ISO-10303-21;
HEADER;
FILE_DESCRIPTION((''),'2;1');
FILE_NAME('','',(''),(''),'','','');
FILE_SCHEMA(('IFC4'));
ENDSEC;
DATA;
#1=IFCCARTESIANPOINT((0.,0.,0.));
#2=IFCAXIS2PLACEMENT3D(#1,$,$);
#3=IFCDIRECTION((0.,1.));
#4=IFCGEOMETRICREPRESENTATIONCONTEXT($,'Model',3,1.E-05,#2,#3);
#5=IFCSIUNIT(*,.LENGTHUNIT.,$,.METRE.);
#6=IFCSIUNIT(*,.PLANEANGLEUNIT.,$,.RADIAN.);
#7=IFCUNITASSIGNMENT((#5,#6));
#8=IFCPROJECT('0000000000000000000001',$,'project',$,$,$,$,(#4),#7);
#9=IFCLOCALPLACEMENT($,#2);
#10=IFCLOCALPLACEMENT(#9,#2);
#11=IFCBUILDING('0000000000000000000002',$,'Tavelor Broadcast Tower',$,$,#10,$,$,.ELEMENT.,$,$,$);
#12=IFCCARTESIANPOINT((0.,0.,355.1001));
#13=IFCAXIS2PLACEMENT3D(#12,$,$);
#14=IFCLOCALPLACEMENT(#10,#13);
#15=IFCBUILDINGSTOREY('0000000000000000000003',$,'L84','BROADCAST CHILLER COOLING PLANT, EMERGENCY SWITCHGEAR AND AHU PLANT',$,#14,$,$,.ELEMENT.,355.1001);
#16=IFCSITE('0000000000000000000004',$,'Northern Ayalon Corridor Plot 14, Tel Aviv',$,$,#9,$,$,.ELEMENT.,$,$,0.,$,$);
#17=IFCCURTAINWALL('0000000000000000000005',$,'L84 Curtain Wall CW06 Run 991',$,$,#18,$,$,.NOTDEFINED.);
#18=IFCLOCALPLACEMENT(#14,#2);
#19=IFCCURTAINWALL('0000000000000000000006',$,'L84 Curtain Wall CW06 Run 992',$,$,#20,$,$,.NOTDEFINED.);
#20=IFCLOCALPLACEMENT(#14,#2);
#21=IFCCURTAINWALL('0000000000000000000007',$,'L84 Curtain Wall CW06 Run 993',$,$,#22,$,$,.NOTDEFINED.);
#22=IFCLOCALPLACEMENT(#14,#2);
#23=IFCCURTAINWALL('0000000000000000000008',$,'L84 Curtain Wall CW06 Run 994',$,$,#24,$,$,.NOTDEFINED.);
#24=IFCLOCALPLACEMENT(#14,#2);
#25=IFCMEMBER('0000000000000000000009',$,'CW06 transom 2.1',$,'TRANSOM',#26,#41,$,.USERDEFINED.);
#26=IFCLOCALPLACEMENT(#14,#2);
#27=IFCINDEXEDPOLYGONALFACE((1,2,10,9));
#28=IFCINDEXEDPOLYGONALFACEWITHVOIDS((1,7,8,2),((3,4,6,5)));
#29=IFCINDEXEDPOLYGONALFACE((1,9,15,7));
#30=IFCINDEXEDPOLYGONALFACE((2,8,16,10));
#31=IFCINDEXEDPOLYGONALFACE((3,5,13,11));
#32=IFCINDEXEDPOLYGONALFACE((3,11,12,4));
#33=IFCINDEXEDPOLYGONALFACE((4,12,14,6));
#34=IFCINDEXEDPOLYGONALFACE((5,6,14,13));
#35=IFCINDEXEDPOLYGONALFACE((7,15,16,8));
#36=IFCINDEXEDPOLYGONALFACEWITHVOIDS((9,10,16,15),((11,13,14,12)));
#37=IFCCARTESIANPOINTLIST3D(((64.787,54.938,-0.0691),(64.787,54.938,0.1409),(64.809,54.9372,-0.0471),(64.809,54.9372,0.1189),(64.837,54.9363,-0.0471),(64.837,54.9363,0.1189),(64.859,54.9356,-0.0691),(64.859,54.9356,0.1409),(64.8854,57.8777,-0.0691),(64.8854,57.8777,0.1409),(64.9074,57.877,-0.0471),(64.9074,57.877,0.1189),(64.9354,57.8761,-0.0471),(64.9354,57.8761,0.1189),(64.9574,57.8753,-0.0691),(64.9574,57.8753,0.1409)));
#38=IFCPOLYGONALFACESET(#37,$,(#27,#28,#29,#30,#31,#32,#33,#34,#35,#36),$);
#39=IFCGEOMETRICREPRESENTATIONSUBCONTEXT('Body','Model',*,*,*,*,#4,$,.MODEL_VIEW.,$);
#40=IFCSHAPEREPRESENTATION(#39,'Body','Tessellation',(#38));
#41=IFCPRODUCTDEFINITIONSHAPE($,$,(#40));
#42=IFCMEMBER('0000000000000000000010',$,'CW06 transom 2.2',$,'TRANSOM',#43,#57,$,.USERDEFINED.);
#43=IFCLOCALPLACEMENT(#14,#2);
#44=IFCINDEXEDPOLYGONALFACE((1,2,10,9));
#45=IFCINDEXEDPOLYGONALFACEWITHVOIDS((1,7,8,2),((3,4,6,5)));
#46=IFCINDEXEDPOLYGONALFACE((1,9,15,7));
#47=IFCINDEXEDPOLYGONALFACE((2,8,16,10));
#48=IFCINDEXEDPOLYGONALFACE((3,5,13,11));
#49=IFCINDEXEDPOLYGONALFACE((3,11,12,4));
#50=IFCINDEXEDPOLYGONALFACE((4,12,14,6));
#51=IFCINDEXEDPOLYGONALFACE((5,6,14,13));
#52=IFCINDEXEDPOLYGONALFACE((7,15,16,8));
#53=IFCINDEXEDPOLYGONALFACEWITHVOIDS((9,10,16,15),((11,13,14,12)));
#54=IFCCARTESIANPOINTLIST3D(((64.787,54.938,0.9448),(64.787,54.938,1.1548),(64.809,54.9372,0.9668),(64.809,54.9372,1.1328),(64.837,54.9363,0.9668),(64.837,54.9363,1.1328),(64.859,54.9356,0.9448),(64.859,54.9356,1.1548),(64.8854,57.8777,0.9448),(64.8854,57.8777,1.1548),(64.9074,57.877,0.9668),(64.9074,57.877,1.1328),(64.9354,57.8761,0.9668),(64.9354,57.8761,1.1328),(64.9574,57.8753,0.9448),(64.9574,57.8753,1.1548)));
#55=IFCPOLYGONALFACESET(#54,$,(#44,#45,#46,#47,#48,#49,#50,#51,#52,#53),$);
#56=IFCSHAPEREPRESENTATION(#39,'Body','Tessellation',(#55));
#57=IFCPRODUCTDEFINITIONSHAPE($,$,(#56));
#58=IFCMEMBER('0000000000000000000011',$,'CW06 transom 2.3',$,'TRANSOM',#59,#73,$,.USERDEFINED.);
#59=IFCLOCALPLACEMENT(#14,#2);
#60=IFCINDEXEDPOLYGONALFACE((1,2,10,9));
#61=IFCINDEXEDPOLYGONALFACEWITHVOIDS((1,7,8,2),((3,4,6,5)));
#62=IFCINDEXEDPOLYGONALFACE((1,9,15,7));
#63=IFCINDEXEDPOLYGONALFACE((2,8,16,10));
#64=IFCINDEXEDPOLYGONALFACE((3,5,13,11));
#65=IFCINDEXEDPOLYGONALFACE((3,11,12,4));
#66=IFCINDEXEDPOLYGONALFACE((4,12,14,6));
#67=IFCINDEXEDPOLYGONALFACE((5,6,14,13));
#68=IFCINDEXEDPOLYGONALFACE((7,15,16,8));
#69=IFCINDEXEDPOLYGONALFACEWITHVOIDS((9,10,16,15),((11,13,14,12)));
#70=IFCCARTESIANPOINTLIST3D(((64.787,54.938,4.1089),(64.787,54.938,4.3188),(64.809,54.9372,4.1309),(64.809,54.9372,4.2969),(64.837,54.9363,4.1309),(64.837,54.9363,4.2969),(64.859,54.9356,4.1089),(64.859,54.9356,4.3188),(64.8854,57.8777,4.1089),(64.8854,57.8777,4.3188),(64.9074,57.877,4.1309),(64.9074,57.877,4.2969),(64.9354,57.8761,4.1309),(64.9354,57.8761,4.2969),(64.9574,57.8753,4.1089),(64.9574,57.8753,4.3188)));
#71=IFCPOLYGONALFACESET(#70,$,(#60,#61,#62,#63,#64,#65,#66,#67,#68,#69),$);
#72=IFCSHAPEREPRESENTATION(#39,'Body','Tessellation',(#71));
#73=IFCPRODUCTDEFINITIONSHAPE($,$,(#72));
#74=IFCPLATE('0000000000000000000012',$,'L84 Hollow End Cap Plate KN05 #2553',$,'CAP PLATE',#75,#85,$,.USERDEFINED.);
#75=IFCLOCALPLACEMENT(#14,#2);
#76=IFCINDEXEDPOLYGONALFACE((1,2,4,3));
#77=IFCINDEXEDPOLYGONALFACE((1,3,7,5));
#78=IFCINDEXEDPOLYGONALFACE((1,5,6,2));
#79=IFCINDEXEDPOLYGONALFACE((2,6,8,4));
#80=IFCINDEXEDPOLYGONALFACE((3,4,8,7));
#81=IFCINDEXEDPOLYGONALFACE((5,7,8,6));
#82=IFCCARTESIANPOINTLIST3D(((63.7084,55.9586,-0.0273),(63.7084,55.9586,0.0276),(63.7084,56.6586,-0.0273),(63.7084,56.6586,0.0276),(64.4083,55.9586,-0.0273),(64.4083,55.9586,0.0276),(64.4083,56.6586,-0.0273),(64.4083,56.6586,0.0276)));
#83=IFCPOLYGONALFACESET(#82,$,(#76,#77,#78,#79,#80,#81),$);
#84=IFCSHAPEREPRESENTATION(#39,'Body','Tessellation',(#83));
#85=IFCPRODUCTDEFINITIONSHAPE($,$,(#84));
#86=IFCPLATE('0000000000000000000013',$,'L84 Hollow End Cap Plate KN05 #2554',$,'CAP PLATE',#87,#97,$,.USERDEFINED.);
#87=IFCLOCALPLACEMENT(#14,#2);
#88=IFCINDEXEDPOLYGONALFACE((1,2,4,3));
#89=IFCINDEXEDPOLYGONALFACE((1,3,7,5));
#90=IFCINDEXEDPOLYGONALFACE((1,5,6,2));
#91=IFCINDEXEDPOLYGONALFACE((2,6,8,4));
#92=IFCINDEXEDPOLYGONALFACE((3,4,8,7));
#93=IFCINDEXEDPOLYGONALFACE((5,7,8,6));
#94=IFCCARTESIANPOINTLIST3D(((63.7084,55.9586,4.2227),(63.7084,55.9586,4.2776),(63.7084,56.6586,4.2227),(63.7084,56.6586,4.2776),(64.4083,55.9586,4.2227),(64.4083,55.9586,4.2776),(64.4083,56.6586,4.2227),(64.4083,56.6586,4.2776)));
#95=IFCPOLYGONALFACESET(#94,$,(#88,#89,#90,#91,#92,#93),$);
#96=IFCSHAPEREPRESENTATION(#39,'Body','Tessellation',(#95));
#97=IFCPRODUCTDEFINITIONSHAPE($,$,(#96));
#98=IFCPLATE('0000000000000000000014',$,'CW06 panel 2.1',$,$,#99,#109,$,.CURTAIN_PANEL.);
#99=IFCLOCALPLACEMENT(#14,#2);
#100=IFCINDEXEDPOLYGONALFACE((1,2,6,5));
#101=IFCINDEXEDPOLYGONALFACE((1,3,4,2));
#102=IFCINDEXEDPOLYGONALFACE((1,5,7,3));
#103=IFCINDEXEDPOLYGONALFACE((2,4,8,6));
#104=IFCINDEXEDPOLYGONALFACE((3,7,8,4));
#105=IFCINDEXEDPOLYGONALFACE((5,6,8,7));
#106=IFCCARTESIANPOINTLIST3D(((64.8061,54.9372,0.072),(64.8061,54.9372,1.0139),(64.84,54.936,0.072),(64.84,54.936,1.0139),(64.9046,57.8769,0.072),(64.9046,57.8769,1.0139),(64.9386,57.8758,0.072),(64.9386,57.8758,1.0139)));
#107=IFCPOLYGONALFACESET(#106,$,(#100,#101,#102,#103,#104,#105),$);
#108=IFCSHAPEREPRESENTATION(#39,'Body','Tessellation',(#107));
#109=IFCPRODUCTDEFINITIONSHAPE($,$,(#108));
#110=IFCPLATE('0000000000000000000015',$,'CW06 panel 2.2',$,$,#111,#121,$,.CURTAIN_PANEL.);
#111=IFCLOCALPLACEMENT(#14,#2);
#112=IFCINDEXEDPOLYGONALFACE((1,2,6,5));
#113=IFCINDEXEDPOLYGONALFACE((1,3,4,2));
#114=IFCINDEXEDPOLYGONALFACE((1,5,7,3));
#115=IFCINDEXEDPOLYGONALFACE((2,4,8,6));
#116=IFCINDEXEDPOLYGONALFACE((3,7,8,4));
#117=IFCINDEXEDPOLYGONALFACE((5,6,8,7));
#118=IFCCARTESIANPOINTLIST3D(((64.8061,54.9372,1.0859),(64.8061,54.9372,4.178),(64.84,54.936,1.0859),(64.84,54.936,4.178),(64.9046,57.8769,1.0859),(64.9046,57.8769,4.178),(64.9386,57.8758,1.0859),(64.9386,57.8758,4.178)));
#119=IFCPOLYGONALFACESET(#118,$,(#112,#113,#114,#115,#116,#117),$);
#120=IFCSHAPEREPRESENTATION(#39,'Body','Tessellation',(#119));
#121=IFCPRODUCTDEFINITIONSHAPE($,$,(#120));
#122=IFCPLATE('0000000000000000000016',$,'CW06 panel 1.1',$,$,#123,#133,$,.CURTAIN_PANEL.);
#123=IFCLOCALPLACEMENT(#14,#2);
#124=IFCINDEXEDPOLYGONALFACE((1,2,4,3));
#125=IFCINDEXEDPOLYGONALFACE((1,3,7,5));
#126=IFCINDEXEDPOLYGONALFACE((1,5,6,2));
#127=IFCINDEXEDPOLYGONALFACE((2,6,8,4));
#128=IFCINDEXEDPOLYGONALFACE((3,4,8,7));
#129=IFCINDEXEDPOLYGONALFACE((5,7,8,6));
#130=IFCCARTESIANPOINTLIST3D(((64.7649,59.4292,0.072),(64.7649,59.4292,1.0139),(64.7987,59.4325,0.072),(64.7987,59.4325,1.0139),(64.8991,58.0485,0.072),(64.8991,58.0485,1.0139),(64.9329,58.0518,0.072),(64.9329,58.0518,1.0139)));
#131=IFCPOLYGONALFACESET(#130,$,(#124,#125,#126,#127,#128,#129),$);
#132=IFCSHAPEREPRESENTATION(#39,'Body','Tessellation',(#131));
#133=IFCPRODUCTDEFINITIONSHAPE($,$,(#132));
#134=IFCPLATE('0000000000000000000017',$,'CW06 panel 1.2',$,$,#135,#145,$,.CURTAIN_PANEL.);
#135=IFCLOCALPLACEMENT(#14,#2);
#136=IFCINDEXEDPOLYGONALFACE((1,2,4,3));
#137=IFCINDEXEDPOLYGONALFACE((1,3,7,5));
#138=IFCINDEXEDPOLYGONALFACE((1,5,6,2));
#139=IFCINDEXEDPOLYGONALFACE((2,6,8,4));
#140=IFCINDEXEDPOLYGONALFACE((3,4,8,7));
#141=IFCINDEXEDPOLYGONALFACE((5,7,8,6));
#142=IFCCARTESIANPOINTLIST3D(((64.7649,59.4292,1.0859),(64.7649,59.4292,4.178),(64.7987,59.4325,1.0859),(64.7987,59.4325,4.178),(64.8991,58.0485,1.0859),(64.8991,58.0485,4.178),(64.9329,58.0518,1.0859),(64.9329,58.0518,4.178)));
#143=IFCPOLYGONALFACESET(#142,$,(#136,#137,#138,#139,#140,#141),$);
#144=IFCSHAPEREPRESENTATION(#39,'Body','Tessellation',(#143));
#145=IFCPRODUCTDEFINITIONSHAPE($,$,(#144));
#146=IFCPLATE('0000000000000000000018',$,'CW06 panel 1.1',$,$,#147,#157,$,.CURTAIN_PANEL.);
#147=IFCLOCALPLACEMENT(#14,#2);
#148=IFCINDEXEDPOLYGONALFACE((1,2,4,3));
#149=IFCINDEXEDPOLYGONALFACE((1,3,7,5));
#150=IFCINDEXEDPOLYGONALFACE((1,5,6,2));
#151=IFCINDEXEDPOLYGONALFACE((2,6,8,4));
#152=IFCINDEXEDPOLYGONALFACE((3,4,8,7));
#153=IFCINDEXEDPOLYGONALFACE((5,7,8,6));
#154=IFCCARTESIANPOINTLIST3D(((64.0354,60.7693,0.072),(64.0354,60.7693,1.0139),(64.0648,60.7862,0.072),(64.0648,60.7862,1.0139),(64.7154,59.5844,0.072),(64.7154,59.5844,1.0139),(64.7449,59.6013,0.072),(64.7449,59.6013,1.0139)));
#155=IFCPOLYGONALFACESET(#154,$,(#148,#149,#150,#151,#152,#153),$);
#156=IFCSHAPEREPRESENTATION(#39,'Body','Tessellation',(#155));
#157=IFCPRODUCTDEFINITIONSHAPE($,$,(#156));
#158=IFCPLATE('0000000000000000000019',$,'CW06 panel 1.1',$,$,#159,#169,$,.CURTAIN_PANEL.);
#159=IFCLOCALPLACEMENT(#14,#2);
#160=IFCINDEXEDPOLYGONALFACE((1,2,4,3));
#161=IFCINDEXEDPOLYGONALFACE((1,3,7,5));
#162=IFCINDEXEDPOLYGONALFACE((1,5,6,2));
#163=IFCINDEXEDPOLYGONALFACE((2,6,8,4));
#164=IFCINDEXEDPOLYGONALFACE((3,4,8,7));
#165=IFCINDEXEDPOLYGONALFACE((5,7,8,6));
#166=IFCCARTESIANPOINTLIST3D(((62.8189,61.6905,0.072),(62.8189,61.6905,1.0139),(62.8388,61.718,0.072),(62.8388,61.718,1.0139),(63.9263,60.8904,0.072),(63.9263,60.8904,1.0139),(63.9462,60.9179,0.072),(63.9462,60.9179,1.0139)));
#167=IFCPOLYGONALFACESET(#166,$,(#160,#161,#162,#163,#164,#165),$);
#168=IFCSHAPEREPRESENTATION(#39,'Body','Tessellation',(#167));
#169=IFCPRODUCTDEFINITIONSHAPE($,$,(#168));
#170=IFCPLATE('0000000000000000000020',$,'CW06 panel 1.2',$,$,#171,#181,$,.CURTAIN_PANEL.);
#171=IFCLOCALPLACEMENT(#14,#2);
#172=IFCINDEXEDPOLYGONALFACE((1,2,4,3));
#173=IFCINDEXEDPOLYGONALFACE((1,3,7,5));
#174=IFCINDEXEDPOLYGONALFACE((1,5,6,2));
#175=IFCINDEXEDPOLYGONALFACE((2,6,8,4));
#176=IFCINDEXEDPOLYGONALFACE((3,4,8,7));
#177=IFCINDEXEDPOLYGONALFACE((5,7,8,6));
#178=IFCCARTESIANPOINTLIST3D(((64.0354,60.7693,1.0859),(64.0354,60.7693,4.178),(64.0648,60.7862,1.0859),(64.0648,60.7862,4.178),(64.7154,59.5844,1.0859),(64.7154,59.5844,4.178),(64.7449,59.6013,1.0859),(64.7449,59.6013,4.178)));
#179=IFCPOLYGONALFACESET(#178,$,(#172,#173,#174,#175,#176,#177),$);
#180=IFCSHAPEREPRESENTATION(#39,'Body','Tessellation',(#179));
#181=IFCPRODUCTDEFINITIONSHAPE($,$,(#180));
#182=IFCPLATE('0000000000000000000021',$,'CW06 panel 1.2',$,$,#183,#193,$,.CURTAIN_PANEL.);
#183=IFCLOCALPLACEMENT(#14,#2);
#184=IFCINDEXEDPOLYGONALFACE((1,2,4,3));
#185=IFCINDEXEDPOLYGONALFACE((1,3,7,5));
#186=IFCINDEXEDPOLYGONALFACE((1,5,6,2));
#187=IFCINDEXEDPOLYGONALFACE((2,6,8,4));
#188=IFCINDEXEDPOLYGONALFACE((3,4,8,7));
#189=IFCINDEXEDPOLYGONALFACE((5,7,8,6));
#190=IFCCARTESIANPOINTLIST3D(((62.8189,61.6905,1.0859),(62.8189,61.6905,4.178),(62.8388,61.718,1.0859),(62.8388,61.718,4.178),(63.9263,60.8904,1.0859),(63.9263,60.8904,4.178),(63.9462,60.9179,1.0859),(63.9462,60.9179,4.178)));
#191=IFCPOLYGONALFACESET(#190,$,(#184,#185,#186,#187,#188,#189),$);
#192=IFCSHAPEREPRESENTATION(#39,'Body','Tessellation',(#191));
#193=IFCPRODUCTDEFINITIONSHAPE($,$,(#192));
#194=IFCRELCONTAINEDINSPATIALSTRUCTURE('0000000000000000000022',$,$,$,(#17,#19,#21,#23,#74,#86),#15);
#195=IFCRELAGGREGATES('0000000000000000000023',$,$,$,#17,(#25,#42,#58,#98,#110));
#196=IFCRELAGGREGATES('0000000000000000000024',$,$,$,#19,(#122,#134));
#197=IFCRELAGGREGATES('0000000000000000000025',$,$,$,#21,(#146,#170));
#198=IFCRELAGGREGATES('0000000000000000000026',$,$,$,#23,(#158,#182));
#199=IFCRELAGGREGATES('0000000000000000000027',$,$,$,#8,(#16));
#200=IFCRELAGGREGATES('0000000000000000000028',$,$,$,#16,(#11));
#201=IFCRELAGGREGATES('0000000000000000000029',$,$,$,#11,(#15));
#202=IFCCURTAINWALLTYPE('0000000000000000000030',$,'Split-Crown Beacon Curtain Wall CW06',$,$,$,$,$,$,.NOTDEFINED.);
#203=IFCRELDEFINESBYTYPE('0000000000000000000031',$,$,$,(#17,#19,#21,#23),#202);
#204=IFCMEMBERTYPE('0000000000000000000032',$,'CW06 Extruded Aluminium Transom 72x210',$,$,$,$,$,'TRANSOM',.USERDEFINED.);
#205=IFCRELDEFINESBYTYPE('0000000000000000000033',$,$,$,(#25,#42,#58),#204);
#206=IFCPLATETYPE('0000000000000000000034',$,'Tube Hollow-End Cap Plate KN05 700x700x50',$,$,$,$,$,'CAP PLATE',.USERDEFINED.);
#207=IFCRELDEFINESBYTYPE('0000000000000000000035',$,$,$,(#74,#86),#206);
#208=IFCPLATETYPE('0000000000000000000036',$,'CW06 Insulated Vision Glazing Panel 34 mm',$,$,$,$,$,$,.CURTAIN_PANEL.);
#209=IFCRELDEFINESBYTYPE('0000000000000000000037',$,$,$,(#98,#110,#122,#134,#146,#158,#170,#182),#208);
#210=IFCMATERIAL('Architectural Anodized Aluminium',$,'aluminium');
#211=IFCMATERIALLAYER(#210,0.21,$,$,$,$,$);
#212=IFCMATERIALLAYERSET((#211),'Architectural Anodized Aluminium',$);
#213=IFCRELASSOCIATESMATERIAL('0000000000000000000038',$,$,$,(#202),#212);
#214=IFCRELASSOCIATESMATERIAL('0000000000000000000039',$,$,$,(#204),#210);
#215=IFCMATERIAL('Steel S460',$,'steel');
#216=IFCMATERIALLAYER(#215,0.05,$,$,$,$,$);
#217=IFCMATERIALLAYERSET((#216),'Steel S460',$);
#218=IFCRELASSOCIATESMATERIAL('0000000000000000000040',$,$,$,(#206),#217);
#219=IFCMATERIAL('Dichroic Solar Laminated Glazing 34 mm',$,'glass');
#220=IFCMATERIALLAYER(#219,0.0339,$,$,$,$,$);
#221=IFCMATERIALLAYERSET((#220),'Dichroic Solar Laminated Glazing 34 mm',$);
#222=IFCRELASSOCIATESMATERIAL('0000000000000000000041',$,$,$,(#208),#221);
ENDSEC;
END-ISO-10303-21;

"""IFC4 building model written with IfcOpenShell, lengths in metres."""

from ifc_helpers import new_model, si_unit, direction, frame, origin, origin_2d, place, context, subcontext, project, spatial, rectangle, hollow_rectangle, extrude, source, transform, mapped, material, layer, layer_set, material_profile, profile_set, type_object, type_shapes, element, aggregate, save


model = new_model("IFC4")

# Units and contexts
model_context = context("Model", 3, precision=1e-05, world=origin(), true_north=direction((0.0, 1.0)))
body_context = subcontext(model_context, "Body", "Model", "MODEL_VIEW")
ifc_project = project(units=[si_unit("LENGTHUNIT", "METRE"), si_unit("PLANEANGLEUNIT", "RADIAN")], contexts=[model_context])

# Site, building, storey
site_placement = place(None, origin())
site = spatial("IfcSite", under=ifc_project, at=site_placement, Name="Northern Ayalon Corridor Plot 14, Tel Aviv", CompositionType="ELEMENT", RefElevation=0.0)
building_placement = place(site_placement, origin())
building = spatial("IfcBuilding", under=site, at=building_placement, Name="Tavelor Broadcast Tower", CompositionType="ELEMENT")
storey_placement = place(building_placement, frame((0.0, 0.0, 355.1001)))
storey = spatial("IfcBuildingStorey", under=building, at=storey_placement, Name="L84", Description="BROADCAST CHILLER COOLING PLANT, EMERGENCY SWITCHGEAR AND AHU PLANT", CompositionType="ELEMENT", Elevation=355.1001)

# Curtain walls
ifc_material_1 = material(Name="Architectural Anodized Aluminium", Category="aluminium")
ifc_layer_1 = layer(ifc_material_1, 0.21)
ifc_layer_set_1 = layer_set([ifc_layer_1], Name="Architectural Anodized Aluminium")
curtain_wall_type = type_object("IfcCurtainWallType", Name="Split-Crown Beacon Curtain Wall CW06", PredefinedType="NOTDEFINED", material=ifc_layer_set_1)
curtain_wall_1_placement = place(storey_placement, origin())
curtain_wall_1 = element("IfcCurtainWall", 1, at=curtain_wall_1_placement, inside=storey, type_object=curtain_wall_type, Name="L84 Curtain Wall CW06 Run 991", PredefinedType="NOTDEFINED")
curtain_wall_2_placement = place(storey_placement, origin())
curtain_wall_2 = element("IfcCurtainWall", 2, at=curtain_wall_2_placement, inside=storey, type_object=curtain_wall_type, Name="L84 Curtain Wall CW06 Run 992", PredefinedType="NOTDEFINED")
curtain_wall_3_placement = place(storey_placement, origin())
curtain_wall_3 = element("IfcCurtainWall", 3, at=curtain_wall_3_placement, inside=storey, type_object=curtain_wall_type, Name="L84 Curtain Wall CW06 Run 993", PredefinedType="NOTDEFINED")
curtain_wall_4_placement = place(storey_placement, origin())
curtain_wall_4 = element("IfcCurtainWall", 4, at=curtain_wall_4_placement, inside=storey, type_object=curtain_wall_type, Name="L84 Curtain Wall CW06 Run 994", PredefinedType="NOTDEFINED")

# Members
ifc_material_profile_1 = material_profile(ifc_material_1, hollow_rectangle(XDim=0.072, YDim=0.21, WallThickness=0.022, at=origin_2d()), Name="RHS 72x210x22")
ifc_profile_set_1 = profile_set([ifc_material_profile_1], Name="Architectural Anodized Aluminium")
member_type_1 = type_object("IfcMemberType", Name="CW06 Extruded Aluminium Transom 72x210", ElementType="TRANSOM", PredefinedType="USERDEFINED", material=ifc_profile_set_1)
shared_shape_1 = source(origin(), body_context, "Body", "SweptSolid", [
    extrude(hollow_rectangle(XDim=0.072, YDim=0.21, WallThickness=0.022, at=origin_2d()), origin(), (0.0, 0.0, 1.0), 2.9414),
])
member_1_placement = place(storey_placement, frame((64.823, 54.9368, 0.0359), z_axis=(0.03345, 0.99944, 0.0), x_axis=(-0.99944, 0.03345, 0.0)))
member_1 = element("IfcMember", 5, at=member_1_placement, type_object=member_type_1, Name="CW06 transom 2.1", ObjectType="TRANSOM", PredefinedType="USERDEFINED", context=body_context, shape_type="MappedRepresentation", body=[
    mapped(shared_shape_1, transform((0.0, 0.0, 0.0), scale=1.0)),
])
member_2_placement = place(storey_placement, frame((64.823, 54.9368, 1.0498), z_axis=(0.03345, 0.99944, 0.0), x_axis=(-0.99944, 0.03345, 0.0)))
member_2 = element("IfcMember", 6, at=member_2_placement, type_object=member_type_1, Name="CW06 transom 2.2", ObjectType="TRANSOM", PredefinedType="USERDEFINED", context=body_context, shape_type="MappedRepresentation", body=[
    mapped(shared_shape_1, transform((0.0, 0.0, 0.0), scale=1.0)),
])
member_3_placement = place(storey_placement, frame((64.823, 54.9368, 4.2139), z_axis=(0.03345, 0.99944, 0.0), x_axis=(-0.99944, 0.03345, 0.0)))
member_3 = element("IfcMember", 7, at=member_3_placement, type_object=member_type_1, Name="CW06 transom 2.3", ObjectType="TRANSOM", PredefinedType="USERDEFINED", context=body_context, shape_type="MappedRepresentation", body=[
    mapped(shared_shape_1, transform((0.0, 0.0, 0.0), scale=1.0)),
])

# Plates
ifc_material_2 = material(Name="Steel S460", Category="steel")
ifc_layer_2 = layer(ifc_material_2, 0.05)
ifc_layer_set_2 = layer_set([ifc_layer_2], Name="Steel S460")
plate_type_1 = type_object("IfcPlateType", Name="Tube Hollow-End Cap Plate KN05 700x700x50", ElementType="CAP PLATE", PredefinedType="USERDEFINED", material=ifc_layer_set_2)
shared_shape_2 = source(origin(), body_context, "Body", "SweptSolid", [
    extrude(rectangle(XDim=0.7, YDim=0.7, at=origin_2d()), origin(), (0.0, 0.0, 1.0), 0.0549),
])
type_shapes(plate_type_1, [shared_shape_2])
for number, where, z_axis, x_axis, name in (
    (8, (64.0583, 56.3086, -0.0273), (0.0, 0.0, 1.0), (1.0, 0.0, 0.0), "L84 Hollow End Cap Plate KN05 #2553"),
    (9, (64.0583, 56.3086, 4.2227), (0.0, 0.0, 1.0), (1.0, 0.0, 0.0), "L84 Hollow End Cap Plate KN05 #2554"),
):
    element("IfcPlate", number, at=place(storey_placement, frame(where, z_axis=z_axis, x_axis=x_axis)), inside=storey, type_object=plate_type_1, Name=name, ObjectType="CAP PLATE", PredefinedType="USERDEFINED", context=body_context, shape_type="MappedRepresentation", body=[
        mapped(shared_shape_2, transform((0.0, 0.0, 0.0), scale=1.0)),
    ])

# Plates
ifc_material_3 = material(Name="Dichroic Solar Laminated Glazing 34 mm", Category="glass")
ifc_layer_3 = layer(ifc_material_3, 0.0339)
ifc_layer_set_3 = layer_set([ifc_layer_3], Name="Dichroic Solar Laminated Glazing 34 mm")
plate_type_2 = type_object("IfcPlateType", Name="CW06 Insulated Vision Glazing Panel 34 mm", PredefinedType="CURTAIN_PANEL", material=ifc_layer_set_3)
shared_shape_3 = source(origin(), body_context, "Body", "SweptSolid", [
    extrude(rectangle(XDim=2.9414, YDim=0.0339, at=origin_2d()), origin(), (0.0, 0.0, 1.0), 0.9419),
])
plate_1_placement = place(storey_placement, frame((64.8723, 56.4065, 0.072), z_axis=(0.0, 0.0, 1.0), x_axis=(0.033514, 0.999438, 0.0)))
plate_1 = element("IfcPlate", 10, at=plate_1_placement, type_object=plate_type_2, Name="CW06 panel 2.1", PredefinedType="CURTAIN_PANEL", context=body_context, shape_type="MappedRepresentation", body=[
    mapped(shared_shape_3, transform((0.0, 0.0, 0.0), scale=1.0)),
])
shared_shape_4 = source(origin(), body_context, "Body", "SweptSolid", [
    extrude(rectangle(XDim=2.9414, YDim=0.0339, at=origin_2d()), origin(), (0.0, 0.0, 1.0), 3.092),
])
plate_2_placement = place(storey_placement, frame((64.8723, 56.4065, 1.0859), z_axis=(0.0, 0.0, 1.0), x_axis=(0.033514, 0.999438, 0.0)))
plate_2 = element("IfcPlate", 11, at=plate_2_placement, type_object=plate_type_2, Name="CW06 panel 2.2", PredefinedType="CURTAIN_PANEL", context=body_context, shape_type="MappedRepresentation", body=[
    mapped(shared_shape_4, transform((0.0, 0.0, 0.0), scale=1.0)),
])
aggregate(curtain_wall_1, [member_1, member_2, member_3, plate_1, plate_2])
shared_shape_5 = source(origin(), body_context, "Body", "SweptSolid", [
    extrude(rectangle(XDim=1.3872, YDim=0.0339, at=origin_2d()), origin(), (0.0, 0.0, 1.0), 0.9419),
])
plate_3_placement = place(storey_placement, frame((64.8489, 58.7405, 0.072), z_axis=(0.0, 0.0, 1.0), x_axis=(-0.096723, 0.995311, 0.0)))
plate_3 = element("IfcPlate", 12, at=plate_3_placement, type_object=plate_type_2, Name="CW06 panel 1.1", PredefinedType="CURTAIN_PANEL", context=body_context, shape_type="MappedRepresentation", body=[
    mapped(shared_shape_5, transform((0.0, 0.0, 0.0), scale=1.0)),
])
shared_shape_6 = source(origin(), body_context, "Body", "SweptSolid", [
    extrude(rectangle(XDim=1.3872, YDim=0.0339, at=origin_2d()), origin(), (0.0, 0.0, 1.0), 3.092),
])
plate_4_placement = place(storey_placement, frame((64.8489, 58.7405, 1.0859), z_axis=(0.0, 0.0, 1.0), x_axis=(-0.096723, 0.995311, 0.0)))
plate_4 = element("IfcPlate", 13, at=plate_4_placement, type_object=plate_type_2, Name="CW06 panel 1.2", PredefinedType="CURTAIN_PANEL", context=body_context, shape_type="MappedRepresentation", body=[
    mapped(shared_shape_6, transform((0.0, 0.0, 0.0), scale=1.0)),
])
aggregate(curtain_wall_2, [plate_3, plate_4])
shared_shape_7 = source(origin(), body_context, "Body", "SweptSolid", [
    extrude(rectangle(XDim=1.3662, YDim=0.0339, at=origin_2d()), origin(), (0.0, 0.0, 1.0), 0.9419),
])
plate_5_placement = place(storey_placement, frame((64.3901, 60.1853, 0.072), z_axis=(0.0, 0.0, 1.0), x_axis=(-0.497757, 0.867317, 0.0)))
plate_5 = element("IfcPlate", 14, at=plate_5_placement, type_object=plate_type_2, Name="CW06 panel 1.1", PredefinedType="CURTAIN_PANEL", context=body_context, shape_type="MappedRepresentation", body=[
    mapped(shared_shape_7, transform((0.0, 0.0, 0.0), scale=1.0)),
])
plate_6_placement = place(storey_placement, frame((63.3826, 61.3042, 0.072), z_axis=(0.0, 0.0, 1.0), x_axis=(-0.810545, 0.585677, 0.0)))
plate_6 = element("IfcPlate", 15, at=plate_6_placement, type_object=plate_type_2, Name="CW06 panel 1.1", PredefinedType="CURTAIN_PANEL", context=body_context, shape_type="MappedRepresentation", body=[
    mapped(shared_shape_7, transform((0.0, 0.0, 0.0), scale=1.0)),
])
shared_shape_8 = source(origin(), body_context, "Body", "SweptSolid", [
    extrude(rectangle(XDim=1.3662, YDim=0.0339, at=origin_2d()), origin(), (0.0, 0.0, 1.0), 3.092),
])
type_shapes(plate_type_2, [shared_shape_3, shared_shape_4, shared_shape_5, shared_shape_6, shared_shape_7, shared_shape_8])
plate_7_placement = place(storey_placement, frame((64.3901, 60.1853, 1.0859), z_axis=(0.0, 0.0, 1.0), x_axis=(-0.497757, 0.867317, 0.0)))
plate_7 = element("IfcPlate", 16, at=plate_7_placement, type_object=plate_type_2, Name="CW06 panel 1.2", PredefinedType="CURTAIN_PANEL", context=body_context, shape_type="MappedRepresentation", body=[
    mapped(shared_shape_8, transform((0.0, 0.0, 0.0), scale=1.0)),
])
aggregate(curtain_wall_3, [plate_5, plate_7])
plate_8_placement = place(storey_placement, frame((63.3826, 61.3042, 1.0859), z_axis=(0.0, 0.0, 1.0), x_axis=(-0.810545, 0.585677, 0.0)))
plate_8 = element("IfcPlate", 17, at=plate_8_placement, type_object=plate_type_2, Name="CW06 panel 1.2", PredefinedType="CURTAIN_PANEL", context=body_context, shape_type="MappedRepresentation", body=[
    mapped(shared_shape_8, transform((0.0, 0.0, 0.0), scale=1.0)),
])
aggregate(curtain_wall_4, [plate_6, plate_8])

save(model, "model.ifc")
